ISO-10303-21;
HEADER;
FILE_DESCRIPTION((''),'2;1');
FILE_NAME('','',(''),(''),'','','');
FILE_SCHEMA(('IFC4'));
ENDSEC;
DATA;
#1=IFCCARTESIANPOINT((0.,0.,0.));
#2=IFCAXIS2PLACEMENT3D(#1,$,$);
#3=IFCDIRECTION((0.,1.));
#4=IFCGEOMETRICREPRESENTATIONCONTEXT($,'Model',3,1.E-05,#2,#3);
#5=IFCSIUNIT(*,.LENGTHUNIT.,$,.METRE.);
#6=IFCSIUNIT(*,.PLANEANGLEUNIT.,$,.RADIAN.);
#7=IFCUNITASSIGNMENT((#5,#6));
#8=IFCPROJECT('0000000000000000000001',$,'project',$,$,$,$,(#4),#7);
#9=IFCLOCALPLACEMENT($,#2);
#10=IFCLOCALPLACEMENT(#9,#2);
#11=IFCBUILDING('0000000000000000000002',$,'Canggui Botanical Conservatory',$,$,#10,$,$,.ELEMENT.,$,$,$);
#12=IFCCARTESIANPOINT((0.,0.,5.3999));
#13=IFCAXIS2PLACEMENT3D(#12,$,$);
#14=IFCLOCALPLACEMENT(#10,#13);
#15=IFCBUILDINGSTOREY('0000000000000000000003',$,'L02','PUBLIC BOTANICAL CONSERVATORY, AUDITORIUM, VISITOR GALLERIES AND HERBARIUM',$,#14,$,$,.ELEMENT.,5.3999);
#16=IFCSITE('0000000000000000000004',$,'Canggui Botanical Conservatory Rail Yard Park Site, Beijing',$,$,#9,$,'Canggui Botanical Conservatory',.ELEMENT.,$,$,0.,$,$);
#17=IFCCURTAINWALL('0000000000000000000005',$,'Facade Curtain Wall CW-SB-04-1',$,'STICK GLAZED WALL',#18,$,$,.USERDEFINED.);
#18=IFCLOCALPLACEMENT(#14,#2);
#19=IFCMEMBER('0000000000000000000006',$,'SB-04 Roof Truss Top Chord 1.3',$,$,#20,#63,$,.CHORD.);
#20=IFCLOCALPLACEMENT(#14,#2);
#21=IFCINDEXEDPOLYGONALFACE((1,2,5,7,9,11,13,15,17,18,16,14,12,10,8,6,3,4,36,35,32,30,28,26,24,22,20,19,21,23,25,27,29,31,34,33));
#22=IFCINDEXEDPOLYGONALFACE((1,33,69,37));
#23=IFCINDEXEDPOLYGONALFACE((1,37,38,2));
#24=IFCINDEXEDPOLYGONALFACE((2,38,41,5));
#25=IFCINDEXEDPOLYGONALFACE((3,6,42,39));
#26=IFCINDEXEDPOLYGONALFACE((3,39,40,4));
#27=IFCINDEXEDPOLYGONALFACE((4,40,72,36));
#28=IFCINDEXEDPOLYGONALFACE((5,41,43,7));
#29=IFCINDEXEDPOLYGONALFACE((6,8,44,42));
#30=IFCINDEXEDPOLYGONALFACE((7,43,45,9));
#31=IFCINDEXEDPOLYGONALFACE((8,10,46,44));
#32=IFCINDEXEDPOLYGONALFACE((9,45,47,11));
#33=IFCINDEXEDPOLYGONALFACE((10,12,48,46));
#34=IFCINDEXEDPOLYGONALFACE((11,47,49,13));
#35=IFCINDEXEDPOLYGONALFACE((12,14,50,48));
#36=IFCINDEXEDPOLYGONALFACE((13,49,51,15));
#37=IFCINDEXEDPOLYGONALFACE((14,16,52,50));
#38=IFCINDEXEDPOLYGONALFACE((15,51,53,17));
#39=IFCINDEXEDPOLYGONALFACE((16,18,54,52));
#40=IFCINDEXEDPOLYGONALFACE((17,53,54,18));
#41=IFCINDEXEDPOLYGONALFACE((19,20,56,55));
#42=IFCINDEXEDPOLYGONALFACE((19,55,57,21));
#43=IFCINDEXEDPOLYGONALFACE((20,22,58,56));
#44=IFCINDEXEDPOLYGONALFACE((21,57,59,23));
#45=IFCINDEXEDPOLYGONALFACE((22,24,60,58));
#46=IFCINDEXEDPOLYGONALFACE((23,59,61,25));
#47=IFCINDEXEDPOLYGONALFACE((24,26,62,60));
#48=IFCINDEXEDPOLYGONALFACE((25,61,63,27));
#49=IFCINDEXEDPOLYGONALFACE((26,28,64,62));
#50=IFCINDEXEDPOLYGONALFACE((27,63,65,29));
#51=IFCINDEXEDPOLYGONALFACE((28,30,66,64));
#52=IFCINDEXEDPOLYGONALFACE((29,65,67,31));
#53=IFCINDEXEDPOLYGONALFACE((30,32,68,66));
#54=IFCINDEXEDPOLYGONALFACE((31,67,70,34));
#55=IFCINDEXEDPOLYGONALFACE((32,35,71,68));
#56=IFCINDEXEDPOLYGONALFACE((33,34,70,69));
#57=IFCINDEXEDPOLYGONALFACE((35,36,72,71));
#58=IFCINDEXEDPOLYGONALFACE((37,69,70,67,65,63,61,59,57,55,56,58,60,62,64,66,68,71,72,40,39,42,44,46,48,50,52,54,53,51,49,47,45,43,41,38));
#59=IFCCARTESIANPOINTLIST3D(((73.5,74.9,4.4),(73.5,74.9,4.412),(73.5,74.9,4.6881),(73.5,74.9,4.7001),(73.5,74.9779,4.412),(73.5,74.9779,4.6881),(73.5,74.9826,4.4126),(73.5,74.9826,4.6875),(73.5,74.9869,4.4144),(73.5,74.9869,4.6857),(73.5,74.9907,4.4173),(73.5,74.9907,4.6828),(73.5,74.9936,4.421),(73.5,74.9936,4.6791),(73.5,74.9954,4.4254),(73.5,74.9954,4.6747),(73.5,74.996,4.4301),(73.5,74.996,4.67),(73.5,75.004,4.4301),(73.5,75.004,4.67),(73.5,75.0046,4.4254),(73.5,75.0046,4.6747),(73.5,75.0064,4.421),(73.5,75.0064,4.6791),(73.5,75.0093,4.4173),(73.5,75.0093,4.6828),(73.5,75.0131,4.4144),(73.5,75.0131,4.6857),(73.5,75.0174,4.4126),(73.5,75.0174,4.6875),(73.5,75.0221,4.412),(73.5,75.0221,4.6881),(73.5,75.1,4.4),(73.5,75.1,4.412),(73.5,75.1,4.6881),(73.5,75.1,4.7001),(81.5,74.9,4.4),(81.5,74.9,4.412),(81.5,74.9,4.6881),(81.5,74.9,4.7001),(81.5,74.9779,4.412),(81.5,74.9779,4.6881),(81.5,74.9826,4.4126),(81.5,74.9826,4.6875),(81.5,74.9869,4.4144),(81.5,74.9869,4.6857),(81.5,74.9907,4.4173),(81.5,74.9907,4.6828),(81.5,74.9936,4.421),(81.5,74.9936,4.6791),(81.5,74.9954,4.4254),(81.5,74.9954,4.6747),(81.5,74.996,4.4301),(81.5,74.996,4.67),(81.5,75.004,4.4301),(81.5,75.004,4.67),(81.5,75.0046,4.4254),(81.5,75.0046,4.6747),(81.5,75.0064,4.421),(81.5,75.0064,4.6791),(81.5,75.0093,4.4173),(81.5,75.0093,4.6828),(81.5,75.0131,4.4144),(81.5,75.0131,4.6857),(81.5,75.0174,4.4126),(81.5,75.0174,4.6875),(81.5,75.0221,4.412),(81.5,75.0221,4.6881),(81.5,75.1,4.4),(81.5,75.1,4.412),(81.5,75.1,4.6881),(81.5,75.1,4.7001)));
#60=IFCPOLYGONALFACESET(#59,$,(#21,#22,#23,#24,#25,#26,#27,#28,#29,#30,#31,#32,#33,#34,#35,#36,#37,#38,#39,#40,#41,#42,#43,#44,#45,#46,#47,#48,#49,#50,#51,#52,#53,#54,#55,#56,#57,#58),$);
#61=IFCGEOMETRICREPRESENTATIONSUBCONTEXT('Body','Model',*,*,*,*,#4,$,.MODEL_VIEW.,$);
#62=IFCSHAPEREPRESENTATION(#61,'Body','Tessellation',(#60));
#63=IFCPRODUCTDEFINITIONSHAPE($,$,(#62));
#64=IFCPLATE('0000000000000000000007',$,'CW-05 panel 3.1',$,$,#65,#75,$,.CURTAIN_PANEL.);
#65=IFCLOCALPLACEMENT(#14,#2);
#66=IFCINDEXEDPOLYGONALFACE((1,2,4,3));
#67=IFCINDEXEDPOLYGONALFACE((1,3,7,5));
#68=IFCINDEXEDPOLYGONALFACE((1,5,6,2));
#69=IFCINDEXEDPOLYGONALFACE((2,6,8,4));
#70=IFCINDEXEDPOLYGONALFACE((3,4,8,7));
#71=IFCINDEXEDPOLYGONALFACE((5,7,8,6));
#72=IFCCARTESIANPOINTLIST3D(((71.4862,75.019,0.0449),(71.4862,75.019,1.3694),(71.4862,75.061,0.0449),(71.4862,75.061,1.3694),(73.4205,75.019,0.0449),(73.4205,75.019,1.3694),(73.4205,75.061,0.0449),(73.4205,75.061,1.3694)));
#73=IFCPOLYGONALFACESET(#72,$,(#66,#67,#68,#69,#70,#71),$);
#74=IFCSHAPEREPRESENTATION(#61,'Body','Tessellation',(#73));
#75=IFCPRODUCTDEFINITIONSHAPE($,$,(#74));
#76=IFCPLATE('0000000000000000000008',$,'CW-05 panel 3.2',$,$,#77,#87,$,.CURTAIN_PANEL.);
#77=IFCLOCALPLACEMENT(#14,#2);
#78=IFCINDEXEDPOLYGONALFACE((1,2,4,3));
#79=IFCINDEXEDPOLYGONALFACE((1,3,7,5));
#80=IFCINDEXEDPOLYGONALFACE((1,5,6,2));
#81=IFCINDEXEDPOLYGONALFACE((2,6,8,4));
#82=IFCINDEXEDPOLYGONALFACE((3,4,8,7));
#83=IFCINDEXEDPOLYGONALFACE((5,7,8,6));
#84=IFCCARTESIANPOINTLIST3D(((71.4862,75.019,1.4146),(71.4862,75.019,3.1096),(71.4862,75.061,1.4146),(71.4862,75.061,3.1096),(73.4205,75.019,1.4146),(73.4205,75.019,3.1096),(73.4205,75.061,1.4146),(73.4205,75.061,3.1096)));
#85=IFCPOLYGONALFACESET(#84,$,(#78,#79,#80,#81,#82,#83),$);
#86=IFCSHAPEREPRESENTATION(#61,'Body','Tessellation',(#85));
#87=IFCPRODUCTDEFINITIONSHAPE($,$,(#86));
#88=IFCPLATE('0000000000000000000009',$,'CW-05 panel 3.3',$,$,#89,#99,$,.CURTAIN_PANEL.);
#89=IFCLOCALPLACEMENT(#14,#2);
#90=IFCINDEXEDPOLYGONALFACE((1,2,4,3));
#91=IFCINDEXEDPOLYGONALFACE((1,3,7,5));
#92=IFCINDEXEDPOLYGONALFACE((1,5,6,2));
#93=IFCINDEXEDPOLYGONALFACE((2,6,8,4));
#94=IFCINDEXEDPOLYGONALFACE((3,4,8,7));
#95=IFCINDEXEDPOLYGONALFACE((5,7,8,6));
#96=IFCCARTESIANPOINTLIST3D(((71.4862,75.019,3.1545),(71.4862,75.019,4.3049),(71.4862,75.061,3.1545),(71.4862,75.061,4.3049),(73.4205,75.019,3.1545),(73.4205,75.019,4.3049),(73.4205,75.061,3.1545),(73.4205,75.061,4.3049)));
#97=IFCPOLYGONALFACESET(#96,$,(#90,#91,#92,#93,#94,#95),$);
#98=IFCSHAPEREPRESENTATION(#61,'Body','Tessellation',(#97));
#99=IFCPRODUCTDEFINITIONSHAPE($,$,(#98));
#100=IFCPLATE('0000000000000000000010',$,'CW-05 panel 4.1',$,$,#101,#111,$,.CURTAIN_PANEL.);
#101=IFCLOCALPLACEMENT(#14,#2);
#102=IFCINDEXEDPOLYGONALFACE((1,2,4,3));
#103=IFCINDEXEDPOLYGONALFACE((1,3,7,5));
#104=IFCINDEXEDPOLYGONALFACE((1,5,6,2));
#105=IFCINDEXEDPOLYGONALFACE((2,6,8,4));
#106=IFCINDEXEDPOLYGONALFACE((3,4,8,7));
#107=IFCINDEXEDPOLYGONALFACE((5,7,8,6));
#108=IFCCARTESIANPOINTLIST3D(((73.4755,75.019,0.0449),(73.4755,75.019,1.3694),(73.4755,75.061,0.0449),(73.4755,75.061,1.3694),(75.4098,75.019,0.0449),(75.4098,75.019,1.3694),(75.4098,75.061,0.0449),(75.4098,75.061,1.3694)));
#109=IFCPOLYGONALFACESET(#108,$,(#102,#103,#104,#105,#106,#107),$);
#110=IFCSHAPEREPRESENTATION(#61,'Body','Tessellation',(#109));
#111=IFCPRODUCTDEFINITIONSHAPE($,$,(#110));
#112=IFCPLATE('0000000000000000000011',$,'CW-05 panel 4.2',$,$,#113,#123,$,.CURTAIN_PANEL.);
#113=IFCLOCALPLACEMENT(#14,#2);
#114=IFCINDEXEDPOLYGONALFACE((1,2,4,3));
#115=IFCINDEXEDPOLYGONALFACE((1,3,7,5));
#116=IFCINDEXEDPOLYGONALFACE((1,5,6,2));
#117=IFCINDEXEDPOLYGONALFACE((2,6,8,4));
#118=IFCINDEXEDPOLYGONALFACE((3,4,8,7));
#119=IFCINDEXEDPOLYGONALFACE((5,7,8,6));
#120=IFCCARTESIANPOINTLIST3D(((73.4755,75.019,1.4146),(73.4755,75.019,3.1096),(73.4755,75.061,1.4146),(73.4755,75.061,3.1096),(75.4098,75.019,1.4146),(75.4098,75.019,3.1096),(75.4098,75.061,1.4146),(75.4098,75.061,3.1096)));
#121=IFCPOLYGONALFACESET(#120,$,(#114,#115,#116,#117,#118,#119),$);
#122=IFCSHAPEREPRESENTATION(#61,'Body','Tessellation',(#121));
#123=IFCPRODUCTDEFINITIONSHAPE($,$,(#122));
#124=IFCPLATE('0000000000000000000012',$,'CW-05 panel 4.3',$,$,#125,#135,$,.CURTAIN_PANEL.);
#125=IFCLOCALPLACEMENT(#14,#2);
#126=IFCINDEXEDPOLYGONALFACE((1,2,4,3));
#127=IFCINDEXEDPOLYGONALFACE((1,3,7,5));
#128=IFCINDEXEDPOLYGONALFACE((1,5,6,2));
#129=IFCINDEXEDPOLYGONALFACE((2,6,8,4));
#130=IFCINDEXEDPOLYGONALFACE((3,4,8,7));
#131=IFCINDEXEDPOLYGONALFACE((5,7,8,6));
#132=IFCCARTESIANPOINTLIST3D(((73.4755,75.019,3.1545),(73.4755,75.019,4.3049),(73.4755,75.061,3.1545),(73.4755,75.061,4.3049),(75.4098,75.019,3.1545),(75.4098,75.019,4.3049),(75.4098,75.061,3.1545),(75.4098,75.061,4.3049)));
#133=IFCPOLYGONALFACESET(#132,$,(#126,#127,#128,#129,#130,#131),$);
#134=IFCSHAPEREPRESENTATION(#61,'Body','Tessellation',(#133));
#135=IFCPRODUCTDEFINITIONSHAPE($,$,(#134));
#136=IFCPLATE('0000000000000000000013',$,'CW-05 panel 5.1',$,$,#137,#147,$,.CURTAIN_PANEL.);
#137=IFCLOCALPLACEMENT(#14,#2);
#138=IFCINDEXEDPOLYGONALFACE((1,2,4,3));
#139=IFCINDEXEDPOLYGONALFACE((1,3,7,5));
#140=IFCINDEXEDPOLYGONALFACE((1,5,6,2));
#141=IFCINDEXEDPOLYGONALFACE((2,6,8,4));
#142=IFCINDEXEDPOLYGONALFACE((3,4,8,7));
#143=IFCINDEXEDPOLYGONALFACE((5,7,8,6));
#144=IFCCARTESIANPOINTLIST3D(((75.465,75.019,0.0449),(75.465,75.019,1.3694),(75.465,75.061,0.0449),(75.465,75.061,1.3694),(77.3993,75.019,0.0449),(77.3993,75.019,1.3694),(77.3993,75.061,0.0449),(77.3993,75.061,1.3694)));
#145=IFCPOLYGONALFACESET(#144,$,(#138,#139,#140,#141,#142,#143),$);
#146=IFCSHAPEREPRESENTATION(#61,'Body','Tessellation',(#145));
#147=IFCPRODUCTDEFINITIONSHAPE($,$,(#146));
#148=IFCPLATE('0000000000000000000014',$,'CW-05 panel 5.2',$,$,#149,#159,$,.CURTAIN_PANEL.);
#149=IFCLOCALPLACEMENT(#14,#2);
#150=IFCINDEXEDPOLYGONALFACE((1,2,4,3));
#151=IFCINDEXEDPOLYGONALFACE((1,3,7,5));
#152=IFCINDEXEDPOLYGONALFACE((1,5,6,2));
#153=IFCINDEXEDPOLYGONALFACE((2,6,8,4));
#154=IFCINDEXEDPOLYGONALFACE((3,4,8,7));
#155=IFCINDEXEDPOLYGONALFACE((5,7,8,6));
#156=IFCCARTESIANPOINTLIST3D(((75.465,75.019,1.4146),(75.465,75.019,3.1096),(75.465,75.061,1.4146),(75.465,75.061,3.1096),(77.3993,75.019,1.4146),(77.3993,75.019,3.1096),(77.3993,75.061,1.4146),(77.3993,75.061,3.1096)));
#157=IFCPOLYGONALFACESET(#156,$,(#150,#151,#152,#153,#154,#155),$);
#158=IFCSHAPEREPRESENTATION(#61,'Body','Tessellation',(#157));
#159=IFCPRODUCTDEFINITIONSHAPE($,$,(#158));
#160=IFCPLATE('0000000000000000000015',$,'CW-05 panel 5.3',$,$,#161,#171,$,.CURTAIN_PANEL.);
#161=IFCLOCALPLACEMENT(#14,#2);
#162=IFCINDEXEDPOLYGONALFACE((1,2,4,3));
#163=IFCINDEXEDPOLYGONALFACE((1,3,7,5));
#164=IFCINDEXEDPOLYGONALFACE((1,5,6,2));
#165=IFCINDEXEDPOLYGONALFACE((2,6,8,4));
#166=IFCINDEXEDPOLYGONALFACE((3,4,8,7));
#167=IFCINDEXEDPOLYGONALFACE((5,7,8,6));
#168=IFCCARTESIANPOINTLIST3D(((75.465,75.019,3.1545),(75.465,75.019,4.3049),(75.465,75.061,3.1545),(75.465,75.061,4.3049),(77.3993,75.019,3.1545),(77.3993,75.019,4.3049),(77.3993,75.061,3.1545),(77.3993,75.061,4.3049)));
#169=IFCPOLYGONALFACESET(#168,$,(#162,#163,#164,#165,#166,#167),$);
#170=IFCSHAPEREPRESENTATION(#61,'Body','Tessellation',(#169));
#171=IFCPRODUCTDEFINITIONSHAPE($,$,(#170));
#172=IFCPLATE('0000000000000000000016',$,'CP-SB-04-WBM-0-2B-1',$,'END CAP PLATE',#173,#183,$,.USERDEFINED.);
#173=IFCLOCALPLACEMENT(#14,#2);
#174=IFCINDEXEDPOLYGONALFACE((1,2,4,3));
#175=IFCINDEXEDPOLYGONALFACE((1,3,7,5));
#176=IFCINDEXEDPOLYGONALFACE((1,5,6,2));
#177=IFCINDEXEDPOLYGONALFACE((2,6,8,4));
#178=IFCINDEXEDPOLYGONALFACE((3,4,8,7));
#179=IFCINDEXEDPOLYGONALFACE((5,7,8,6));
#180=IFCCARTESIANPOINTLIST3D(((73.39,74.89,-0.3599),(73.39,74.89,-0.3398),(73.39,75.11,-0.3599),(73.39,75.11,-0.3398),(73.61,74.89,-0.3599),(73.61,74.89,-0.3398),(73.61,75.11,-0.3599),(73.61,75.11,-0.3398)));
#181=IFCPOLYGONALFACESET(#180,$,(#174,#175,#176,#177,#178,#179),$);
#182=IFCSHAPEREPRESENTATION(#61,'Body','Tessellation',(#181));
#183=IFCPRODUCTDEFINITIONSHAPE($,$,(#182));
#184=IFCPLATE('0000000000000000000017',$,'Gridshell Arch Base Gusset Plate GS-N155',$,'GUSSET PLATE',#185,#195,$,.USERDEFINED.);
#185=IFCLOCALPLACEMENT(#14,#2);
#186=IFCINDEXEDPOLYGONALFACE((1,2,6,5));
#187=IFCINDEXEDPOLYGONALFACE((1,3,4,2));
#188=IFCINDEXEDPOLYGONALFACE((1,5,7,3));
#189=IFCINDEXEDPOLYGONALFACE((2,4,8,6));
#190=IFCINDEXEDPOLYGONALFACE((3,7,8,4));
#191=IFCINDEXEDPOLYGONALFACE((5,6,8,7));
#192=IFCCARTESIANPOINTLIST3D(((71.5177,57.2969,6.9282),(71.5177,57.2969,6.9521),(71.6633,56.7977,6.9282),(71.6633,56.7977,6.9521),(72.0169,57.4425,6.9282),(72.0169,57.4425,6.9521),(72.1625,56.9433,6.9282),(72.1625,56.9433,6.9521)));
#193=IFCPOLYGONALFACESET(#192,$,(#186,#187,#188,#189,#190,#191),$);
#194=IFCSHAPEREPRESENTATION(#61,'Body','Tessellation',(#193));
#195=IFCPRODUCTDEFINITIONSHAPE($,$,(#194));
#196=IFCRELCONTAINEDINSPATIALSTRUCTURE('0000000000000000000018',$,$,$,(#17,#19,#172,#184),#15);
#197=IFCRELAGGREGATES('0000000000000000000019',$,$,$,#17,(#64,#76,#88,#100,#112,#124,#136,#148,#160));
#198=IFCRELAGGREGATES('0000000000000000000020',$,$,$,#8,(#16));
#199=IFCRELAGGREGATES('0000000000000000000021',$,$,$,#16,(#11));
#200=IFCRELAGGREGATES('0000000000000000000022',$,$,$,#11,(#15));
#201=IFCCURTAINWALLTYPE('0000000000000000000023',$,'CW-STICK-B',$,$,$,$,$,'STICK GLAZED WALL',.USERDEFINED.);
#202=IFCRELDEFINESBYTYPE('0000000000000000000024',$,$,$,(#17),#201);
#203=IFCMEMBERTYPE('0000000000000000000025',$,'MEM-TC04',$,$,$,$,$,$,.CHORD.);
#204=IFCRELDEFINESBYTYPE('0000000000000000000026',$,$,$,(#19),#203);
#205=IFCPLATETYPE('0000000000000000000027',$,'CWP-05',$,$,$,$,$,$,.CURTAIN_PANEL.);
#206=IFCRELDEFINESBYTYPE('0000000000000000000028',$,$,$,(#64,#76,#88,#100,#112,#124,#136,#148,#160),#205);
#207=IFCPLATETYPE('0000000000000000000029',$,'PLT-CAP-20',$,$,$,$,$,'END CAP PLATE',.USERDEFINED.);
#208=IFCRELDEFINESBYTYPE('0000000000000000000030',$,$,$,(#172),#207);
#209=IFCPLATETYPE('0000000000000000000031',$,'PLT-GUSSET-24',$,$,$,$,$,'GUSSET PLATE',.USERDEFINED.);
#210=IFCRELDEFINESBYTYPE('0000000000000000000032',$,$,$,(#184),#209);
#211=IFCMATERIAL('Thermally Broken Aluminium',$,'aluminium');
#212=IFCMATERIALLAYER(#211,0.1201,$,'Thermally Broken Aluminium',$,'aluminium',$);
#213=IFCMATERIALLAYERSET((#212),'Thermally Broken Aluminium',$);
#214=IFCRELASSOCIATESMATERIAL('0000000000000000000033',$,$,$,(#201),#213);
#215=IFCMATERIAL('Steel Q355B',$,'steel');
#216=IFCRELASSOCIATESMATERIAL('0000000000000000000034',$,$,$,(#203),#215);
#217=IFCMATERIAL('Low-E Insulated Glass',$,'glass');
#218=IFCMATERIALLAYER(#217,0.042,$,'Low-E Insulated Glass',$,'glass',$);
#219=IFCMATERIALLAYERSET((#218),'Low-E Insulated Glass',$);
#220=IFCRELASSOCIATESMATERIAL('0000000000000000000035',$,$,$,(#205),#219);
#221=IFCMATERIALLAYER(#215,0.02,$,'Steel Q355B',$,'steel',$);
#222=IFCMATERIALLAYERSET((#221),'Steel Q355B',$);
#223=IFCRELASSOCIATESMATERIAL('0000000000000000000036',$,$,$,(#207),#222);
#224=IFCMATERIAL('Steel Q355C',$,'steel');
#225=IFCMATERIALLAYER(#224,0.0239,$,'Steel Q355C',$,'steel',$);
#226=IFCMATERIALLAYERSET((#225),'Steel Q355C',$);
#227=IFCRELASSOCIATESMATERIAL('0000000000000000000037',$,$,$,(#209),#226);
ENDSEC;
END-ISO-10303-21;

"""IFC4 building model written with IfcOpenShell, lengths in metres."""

from ifc_helpers import new_model, si_unit, direction, frame, origin, origin_2d, place, context, subcontext, project, spatial, rectangle, i_section, extrude, material, layer, layer_set, material_profile, profile_set, type_object, element, aggregate, save


model = new_model("IFC4")

# Units and contexts
model_context = context("Model", 3, precision=1e-05, world=origin(), true_north=direction((0.0, 1.0)))
body_context = subcontext(model_context, "Body", "Model", "MODEL_VIEW")
ifc_project = project(units=[si_unit("LENGTHUNIT", "METRE"), si_unit("PLANEANGLEUNIT", "RADIAN")], contexts=[model_context])

# Site, building, storey
site_placement = place(None, origin())
site = spatial("IfcSite", under=ifc_project, at=site_placement, Name="Canggui Botanical Conservatory Rail Yard Park Site, Beijing", LongName="Canggui Botanical Conservatory", CompositionType="ELEMENT", RefElevation=0.0)
building_placement = place(site_placement, origin())
building = spatial("IfcBuilding", under=site, at=building_placement, Name="Canggui Botanical Conservatory", CompositionType="ELEMENT")
storey_placement = place(building_placement, frame((0.0, 0.0, 5.3999)))
storey = spatial("IfcBuildingStorey", under=building, at=storey_placement, Name="L02", Description="PUBLIC BOTANICAL CONSERVATORY, AUDITORIUM, VISITOR GALLERIES AND HERBARIUM", CompositionType="ELEMENT", Elevation=5.3999)

# Shared definitions
ifc_material_1 = material(Name="Steel Q355B", Category="steel")

# Shared definitions
ifc_material_2 = material(Name="Steel Q355C", Category="steel")

# Curtain wall
ifc_material_3 = material(Name="Thermally Broken Aluminium", Category="aluminium")
ifc_layer_1 = layer(ifc_material_3, 0.1201, Name="Thermally Broken Aluminium", Category="aluminium")
ifc_layer_set_1 = layer_set([ifc_layer_1], Name="Thermally Broken Aluminium")
curtain_wall_type = type_object("IfcCurtainWallType", Name="CW-STICK-B", ElementType="STICK GLAZED WALL", PredefinedType="USERDEFINED", material=ifc_layer_set_1)
curtain_wall_placement = place(storey_placement, origin())
curtain_wall = element("IfcCurtainWall", 1, at=curtain_wall_placement, inside=storey, type_object=curtain_wall_type, Name="Facade Curtain Wall CW-SB-04-1", ObjectType="STICK GLAZED WALL", PredefinedType="USERDEFINED")

# Member
ifc_material_profile_1 = material_profile(ifc_material_1, i_section(OverallWidth=0.2, OverallDepth=0.3, WebThickness=0.0081, FlangeThickness=0.012, FilletRadius=0.0181, at=origin_2d()), Name="HM 300x200x8x12")
ifc_profile_set_1 = profile_set([ifc_material_profile_1], Name="Steel Q355B")
member_type_1 = type_object("IfcMemberType", Name="MEM-TC04", PredefinedType="CHORD", material=ifc_profile_set_1)
member_1_placement = place(storey_placement, frame((73.5, 75.0, 4.55), z_axis=(1.0, 0.0, 0.0), x_axis=(0.0, 1.0, 0.0)))
element("IfcMember", 2, at=member_1_placement, inside=storey, type_object=member_type_1, Name="SB-04 Roof Truss Top Chord 1.3", PredefinedType="CHORD", context=body_context, shape_type="SweptSolid", body=[
    extrude(i_section(OverallWidth=0.2, OverallDepth=0.3, WebThickness=0.0081, FlangeThickness=0.012, FilletRadius=0.0181, at=origin_2d()), origin(), (0.0, 0.0, 1.0), 8.0),
])

# Plates
ifc_material_4 = material(Name="Low-E Insulated Glass", Category="glass")
ifc_layer_2 = layer(ifc_material_4, 0.042, Name="Low-E Insulated Glass", Category="glass")
ifc_layer_set_2 = layer_set([ifc_layer_2], Name="Low-E Insulated Glass")
plate_type_1 = type_object("IfcPlateType", Name="CWP-05", PredefinedType="CURTAIN_PANEL", material=ifc_layer_set_2)
plate_1_placement = place(storey_placement, frame((72.4534, 75.04, 0.0449), z_axis=(0.0, 0.0, 1.0), x_axis=(1.0, 0.0, 0.0)))
plate_1 = element("IfcPlate", 3, at=plate_1_placement, type_object=plate_type_1, Name="CW-05 panel 3.1", PredefinedType="CURTAIN_PANEL", context=body_context, shape_type="SweptSolid", body=[
    extrude(rectangle(XDim=1.9343, YDim=0.042, at=origin_2d()), origin(), (0.0, 0.0, 1.0), 1.3245),
])
plate_2_placement = place(storey_placement, frame((72.4534, 75.04, 1.4146), z_axis=(0.0, 0.0, 1.0), x_axis=(1.0, 0.0, 0.0)))
plate_2 = element("IfcPlate", 4, at=plate_2_placement, type_object=plate_type_1, Name="CW-05 panel 3.2", PredefinedType="CURTAIN_PANEL", context=body_context, shape_type="SweptSolid", body=[
    extrude(rectangle(XDim=1.9343, YDim=0.042, at=origin_2d()), origin(), (0.0, 0.0, 1.0), 1.6951),
])
plate_3_placement = place(storey_placement, frame((72.4534, 75.04, 3.1545), z_axis=(0.0, 0.0, 1.0), x_axis=(1.0, 0.0, 0.0)))
plate_3 = element("IfcPlate", 5, at=plate_3_placement, type_object=plate_type_1, Name="CW-05 panel 3.3", PredefinedType="CURTAIN_PANEL", context=body_context, shape_type="SweptSolid", body=[
    extrude(rectangle(XDim=1.9343, YDim=0.042, at=origin_2d()), origin(), (0.0, 0.0, 1.0), 1.1504),
])
plate_4_placement = place(storey_placement, frame((74.4426, 75.04, 0.0449), z_axis=(0.0, 0.0, 1.0), x_axis=(1.0, 0.0, 0.0)))
plate_4 = element("IfcPlate", 6, at=plate_4_placement, type_object=plate_type_1, Name="CW-05 panel 4.1", PredefinedType="CURTAIN_PANEL", context=body_context, shape_type="SweptSolid", body=[
    extrude(rectangle(XDim=1.9343, YDim=0.042, at=origin_2d()), origin(), (0.0, 0.0, 1.0), 1.3245),
])
plate_5_placement = place(storey_placement, frame((74.4426, 75.04, 1.4146), z_axis=(0.0, 0.0, 1.0), x_axis=(1.0, 0.0, 0.0)))
plate_5 = element("IfcPlate", 7, at=plate_5_placement, type_object=plate_type_1, Name="CW-05 panel 4.2", PredefinedType="CURTAIN_PANEL", context=body_context, shape_type="SweptSolid", body=[
    extrude(rectangle(XDim=1.9343, YDim=0.042, at=origin_2d()), origin(), (0.0, 0.0, 1.0), 1.6951),
])
plate_6_placement = place(storey_placement, frame((74.4426, 75.04, 3.1545), z_axis=(0.0, 0.0, 1.0), x_axis=(1.0, 0.0, 0.0)))
plate_6 = element("IfcPlate", 8, at=plate_6_placement, type_object=plate_type_1, Name="CW-05 panel 4.3", PredefinedType="CURTAIN_PANEL", context=body_context, shape_type="SweptSolid", body=[
    extrude(rectangle(XDim=1.9343, YDim=0.042, at=origin_2d()), origin(), (0.0, 0.0, 1.0), 1.1504),
])
plate_7_placement = place(storey_placement, frame((76.4321, 75.04, 0.0449), z_axis=(0.0, 0.0, 1.0), x_axis=(1.0, 0.0, 0.0)))
plate_7 = element("IfcPlate", 9, at=plate_7_placement, type_object=plate_type_1, Name="CW-05 panel 5.1", PredefinedType="CURTAIN_PANEL", context=body_context, shape_type="SweptSolid", body=[
    extrude(rectangle(XDim=1.9343, YDim=0.042, at=origin_2d()), origin(), (0.0, 0.0, 1.0), 1.3245),
])
plate_8_placement = place(storey_placement, frame((76.4321, 75.04, 1.4146), z_axis=(0.0, 0.0, 1.0), x_axis=(1.0, 0.0, 0.0)))
plate_8 = element("IfcPlate", 10, at=plate_8_placement, type_object=plate_type_1, Name="CW-05 panel 5.2", PredefinedType="CURTAIN_PANEL", context=body_context, shape_type="SweptSolid", body=[
    extrude(rectangle(XDim=1.9343, YDim=0.042, at=origin_2d()), origin(), (0.0, 0.0, 1.0), 1.6951),
])
plate_9_placement = place(storey_placement, frame((76.4321, 75.04, 3.1545), z_axis=(0.0, 0.0, 1.0), x_axis=(1.0, 0.0, 0.0)))
plate_9 = element("IfcPlate", 11, at=plate_9_placement, type_object=plate_type_1, Name="CW-05 panel 5.3", PredefinedType="CURTAIN_PANEL", context=body_context, shape_type="SweptSolid", body=[
    extrude(rectangle(XDim=1.9343, YDim=0.042, at=origin_2d()), origin(), (0.0, 0.0, 1.0), 1.1504),
])
aggregate(curtain_wall, [plate_1, plate_2, plate_3, plate_4, plate_5, plate_6, plate_7, plate_8, plate_9])

# Plates
ifc_layer_3 = layer(ifc_material_1, 0.02, Name="Steel Q355B", Category="steel")
ifc_layer_set_3 = layer_set([ifc_layer_3], Name="Steel Q355B")
plate_type_2 = type_object("IfcPlateType", Name="PLT-CAP-20", ElementType="END CAP PLATE", PredefinedType="USERDEFINED", material=ifc_layer_set_3)
plate_10_placement = place(storey_placement, frame((73.5, 75.0, -0.3599), z_axis=(0.0, 0.0, 1.0), x_axis=(1.0, 0.0, 0.0)))
element("IfcPlate", 12, at=plate_10_placement, inside=storey, type_object=plate_type_2, Name="CP-SB-04-WBM-0-2B-1", ObjectType="END CAP PLATE", PredefinedType="USERDEFINED", context=body_context, shape_type="SweptSolid", body=[
    extrude(rectangle(XDim=0.22, YDim=0.22, at=origin_2d()), origin(), (0.0, 0.0, 1.0), 0.02),
])
ifc_layer_4 = layer(ifc_material_2, 0.0239, Name="Steel Q355C", Category="steel")
ifc_layer_set_4 = layer_set([ifc_layer_4], Name="Steel Q355C")
plate_type_3 = type_object("IfcPlateType", Name="PLT-GUSSET-24", ElementType="GUSSET PLATE", PredefinedType="USERDEFINED", material=ifc_layer_set_4)
plate_11_placement = place(storey_placement, frame((71.8401, 57.1201, 6.9282), z_axis=(0.0, 0.0, 1.0), x_axis=(0.96, 0.28, 0.0)))
element("IfcPlate", 13, at=plate_11_placement, inside=storey, type_object=plate_type_3, Name="Gridshell Arch Base Gusset Plate GS-N155", ObjectType="GUSSET PLATE", PredefinedType="USERDEFINED", context=body_context, shape_type="SweptSolid", body=[
    extrude(rectangle(XDim=0.52, YDim=0.52, at=origin_2d()), origin(), (0.0, 0.0, 1.0), 0.0239),
])

save(model, "model.ifc")
